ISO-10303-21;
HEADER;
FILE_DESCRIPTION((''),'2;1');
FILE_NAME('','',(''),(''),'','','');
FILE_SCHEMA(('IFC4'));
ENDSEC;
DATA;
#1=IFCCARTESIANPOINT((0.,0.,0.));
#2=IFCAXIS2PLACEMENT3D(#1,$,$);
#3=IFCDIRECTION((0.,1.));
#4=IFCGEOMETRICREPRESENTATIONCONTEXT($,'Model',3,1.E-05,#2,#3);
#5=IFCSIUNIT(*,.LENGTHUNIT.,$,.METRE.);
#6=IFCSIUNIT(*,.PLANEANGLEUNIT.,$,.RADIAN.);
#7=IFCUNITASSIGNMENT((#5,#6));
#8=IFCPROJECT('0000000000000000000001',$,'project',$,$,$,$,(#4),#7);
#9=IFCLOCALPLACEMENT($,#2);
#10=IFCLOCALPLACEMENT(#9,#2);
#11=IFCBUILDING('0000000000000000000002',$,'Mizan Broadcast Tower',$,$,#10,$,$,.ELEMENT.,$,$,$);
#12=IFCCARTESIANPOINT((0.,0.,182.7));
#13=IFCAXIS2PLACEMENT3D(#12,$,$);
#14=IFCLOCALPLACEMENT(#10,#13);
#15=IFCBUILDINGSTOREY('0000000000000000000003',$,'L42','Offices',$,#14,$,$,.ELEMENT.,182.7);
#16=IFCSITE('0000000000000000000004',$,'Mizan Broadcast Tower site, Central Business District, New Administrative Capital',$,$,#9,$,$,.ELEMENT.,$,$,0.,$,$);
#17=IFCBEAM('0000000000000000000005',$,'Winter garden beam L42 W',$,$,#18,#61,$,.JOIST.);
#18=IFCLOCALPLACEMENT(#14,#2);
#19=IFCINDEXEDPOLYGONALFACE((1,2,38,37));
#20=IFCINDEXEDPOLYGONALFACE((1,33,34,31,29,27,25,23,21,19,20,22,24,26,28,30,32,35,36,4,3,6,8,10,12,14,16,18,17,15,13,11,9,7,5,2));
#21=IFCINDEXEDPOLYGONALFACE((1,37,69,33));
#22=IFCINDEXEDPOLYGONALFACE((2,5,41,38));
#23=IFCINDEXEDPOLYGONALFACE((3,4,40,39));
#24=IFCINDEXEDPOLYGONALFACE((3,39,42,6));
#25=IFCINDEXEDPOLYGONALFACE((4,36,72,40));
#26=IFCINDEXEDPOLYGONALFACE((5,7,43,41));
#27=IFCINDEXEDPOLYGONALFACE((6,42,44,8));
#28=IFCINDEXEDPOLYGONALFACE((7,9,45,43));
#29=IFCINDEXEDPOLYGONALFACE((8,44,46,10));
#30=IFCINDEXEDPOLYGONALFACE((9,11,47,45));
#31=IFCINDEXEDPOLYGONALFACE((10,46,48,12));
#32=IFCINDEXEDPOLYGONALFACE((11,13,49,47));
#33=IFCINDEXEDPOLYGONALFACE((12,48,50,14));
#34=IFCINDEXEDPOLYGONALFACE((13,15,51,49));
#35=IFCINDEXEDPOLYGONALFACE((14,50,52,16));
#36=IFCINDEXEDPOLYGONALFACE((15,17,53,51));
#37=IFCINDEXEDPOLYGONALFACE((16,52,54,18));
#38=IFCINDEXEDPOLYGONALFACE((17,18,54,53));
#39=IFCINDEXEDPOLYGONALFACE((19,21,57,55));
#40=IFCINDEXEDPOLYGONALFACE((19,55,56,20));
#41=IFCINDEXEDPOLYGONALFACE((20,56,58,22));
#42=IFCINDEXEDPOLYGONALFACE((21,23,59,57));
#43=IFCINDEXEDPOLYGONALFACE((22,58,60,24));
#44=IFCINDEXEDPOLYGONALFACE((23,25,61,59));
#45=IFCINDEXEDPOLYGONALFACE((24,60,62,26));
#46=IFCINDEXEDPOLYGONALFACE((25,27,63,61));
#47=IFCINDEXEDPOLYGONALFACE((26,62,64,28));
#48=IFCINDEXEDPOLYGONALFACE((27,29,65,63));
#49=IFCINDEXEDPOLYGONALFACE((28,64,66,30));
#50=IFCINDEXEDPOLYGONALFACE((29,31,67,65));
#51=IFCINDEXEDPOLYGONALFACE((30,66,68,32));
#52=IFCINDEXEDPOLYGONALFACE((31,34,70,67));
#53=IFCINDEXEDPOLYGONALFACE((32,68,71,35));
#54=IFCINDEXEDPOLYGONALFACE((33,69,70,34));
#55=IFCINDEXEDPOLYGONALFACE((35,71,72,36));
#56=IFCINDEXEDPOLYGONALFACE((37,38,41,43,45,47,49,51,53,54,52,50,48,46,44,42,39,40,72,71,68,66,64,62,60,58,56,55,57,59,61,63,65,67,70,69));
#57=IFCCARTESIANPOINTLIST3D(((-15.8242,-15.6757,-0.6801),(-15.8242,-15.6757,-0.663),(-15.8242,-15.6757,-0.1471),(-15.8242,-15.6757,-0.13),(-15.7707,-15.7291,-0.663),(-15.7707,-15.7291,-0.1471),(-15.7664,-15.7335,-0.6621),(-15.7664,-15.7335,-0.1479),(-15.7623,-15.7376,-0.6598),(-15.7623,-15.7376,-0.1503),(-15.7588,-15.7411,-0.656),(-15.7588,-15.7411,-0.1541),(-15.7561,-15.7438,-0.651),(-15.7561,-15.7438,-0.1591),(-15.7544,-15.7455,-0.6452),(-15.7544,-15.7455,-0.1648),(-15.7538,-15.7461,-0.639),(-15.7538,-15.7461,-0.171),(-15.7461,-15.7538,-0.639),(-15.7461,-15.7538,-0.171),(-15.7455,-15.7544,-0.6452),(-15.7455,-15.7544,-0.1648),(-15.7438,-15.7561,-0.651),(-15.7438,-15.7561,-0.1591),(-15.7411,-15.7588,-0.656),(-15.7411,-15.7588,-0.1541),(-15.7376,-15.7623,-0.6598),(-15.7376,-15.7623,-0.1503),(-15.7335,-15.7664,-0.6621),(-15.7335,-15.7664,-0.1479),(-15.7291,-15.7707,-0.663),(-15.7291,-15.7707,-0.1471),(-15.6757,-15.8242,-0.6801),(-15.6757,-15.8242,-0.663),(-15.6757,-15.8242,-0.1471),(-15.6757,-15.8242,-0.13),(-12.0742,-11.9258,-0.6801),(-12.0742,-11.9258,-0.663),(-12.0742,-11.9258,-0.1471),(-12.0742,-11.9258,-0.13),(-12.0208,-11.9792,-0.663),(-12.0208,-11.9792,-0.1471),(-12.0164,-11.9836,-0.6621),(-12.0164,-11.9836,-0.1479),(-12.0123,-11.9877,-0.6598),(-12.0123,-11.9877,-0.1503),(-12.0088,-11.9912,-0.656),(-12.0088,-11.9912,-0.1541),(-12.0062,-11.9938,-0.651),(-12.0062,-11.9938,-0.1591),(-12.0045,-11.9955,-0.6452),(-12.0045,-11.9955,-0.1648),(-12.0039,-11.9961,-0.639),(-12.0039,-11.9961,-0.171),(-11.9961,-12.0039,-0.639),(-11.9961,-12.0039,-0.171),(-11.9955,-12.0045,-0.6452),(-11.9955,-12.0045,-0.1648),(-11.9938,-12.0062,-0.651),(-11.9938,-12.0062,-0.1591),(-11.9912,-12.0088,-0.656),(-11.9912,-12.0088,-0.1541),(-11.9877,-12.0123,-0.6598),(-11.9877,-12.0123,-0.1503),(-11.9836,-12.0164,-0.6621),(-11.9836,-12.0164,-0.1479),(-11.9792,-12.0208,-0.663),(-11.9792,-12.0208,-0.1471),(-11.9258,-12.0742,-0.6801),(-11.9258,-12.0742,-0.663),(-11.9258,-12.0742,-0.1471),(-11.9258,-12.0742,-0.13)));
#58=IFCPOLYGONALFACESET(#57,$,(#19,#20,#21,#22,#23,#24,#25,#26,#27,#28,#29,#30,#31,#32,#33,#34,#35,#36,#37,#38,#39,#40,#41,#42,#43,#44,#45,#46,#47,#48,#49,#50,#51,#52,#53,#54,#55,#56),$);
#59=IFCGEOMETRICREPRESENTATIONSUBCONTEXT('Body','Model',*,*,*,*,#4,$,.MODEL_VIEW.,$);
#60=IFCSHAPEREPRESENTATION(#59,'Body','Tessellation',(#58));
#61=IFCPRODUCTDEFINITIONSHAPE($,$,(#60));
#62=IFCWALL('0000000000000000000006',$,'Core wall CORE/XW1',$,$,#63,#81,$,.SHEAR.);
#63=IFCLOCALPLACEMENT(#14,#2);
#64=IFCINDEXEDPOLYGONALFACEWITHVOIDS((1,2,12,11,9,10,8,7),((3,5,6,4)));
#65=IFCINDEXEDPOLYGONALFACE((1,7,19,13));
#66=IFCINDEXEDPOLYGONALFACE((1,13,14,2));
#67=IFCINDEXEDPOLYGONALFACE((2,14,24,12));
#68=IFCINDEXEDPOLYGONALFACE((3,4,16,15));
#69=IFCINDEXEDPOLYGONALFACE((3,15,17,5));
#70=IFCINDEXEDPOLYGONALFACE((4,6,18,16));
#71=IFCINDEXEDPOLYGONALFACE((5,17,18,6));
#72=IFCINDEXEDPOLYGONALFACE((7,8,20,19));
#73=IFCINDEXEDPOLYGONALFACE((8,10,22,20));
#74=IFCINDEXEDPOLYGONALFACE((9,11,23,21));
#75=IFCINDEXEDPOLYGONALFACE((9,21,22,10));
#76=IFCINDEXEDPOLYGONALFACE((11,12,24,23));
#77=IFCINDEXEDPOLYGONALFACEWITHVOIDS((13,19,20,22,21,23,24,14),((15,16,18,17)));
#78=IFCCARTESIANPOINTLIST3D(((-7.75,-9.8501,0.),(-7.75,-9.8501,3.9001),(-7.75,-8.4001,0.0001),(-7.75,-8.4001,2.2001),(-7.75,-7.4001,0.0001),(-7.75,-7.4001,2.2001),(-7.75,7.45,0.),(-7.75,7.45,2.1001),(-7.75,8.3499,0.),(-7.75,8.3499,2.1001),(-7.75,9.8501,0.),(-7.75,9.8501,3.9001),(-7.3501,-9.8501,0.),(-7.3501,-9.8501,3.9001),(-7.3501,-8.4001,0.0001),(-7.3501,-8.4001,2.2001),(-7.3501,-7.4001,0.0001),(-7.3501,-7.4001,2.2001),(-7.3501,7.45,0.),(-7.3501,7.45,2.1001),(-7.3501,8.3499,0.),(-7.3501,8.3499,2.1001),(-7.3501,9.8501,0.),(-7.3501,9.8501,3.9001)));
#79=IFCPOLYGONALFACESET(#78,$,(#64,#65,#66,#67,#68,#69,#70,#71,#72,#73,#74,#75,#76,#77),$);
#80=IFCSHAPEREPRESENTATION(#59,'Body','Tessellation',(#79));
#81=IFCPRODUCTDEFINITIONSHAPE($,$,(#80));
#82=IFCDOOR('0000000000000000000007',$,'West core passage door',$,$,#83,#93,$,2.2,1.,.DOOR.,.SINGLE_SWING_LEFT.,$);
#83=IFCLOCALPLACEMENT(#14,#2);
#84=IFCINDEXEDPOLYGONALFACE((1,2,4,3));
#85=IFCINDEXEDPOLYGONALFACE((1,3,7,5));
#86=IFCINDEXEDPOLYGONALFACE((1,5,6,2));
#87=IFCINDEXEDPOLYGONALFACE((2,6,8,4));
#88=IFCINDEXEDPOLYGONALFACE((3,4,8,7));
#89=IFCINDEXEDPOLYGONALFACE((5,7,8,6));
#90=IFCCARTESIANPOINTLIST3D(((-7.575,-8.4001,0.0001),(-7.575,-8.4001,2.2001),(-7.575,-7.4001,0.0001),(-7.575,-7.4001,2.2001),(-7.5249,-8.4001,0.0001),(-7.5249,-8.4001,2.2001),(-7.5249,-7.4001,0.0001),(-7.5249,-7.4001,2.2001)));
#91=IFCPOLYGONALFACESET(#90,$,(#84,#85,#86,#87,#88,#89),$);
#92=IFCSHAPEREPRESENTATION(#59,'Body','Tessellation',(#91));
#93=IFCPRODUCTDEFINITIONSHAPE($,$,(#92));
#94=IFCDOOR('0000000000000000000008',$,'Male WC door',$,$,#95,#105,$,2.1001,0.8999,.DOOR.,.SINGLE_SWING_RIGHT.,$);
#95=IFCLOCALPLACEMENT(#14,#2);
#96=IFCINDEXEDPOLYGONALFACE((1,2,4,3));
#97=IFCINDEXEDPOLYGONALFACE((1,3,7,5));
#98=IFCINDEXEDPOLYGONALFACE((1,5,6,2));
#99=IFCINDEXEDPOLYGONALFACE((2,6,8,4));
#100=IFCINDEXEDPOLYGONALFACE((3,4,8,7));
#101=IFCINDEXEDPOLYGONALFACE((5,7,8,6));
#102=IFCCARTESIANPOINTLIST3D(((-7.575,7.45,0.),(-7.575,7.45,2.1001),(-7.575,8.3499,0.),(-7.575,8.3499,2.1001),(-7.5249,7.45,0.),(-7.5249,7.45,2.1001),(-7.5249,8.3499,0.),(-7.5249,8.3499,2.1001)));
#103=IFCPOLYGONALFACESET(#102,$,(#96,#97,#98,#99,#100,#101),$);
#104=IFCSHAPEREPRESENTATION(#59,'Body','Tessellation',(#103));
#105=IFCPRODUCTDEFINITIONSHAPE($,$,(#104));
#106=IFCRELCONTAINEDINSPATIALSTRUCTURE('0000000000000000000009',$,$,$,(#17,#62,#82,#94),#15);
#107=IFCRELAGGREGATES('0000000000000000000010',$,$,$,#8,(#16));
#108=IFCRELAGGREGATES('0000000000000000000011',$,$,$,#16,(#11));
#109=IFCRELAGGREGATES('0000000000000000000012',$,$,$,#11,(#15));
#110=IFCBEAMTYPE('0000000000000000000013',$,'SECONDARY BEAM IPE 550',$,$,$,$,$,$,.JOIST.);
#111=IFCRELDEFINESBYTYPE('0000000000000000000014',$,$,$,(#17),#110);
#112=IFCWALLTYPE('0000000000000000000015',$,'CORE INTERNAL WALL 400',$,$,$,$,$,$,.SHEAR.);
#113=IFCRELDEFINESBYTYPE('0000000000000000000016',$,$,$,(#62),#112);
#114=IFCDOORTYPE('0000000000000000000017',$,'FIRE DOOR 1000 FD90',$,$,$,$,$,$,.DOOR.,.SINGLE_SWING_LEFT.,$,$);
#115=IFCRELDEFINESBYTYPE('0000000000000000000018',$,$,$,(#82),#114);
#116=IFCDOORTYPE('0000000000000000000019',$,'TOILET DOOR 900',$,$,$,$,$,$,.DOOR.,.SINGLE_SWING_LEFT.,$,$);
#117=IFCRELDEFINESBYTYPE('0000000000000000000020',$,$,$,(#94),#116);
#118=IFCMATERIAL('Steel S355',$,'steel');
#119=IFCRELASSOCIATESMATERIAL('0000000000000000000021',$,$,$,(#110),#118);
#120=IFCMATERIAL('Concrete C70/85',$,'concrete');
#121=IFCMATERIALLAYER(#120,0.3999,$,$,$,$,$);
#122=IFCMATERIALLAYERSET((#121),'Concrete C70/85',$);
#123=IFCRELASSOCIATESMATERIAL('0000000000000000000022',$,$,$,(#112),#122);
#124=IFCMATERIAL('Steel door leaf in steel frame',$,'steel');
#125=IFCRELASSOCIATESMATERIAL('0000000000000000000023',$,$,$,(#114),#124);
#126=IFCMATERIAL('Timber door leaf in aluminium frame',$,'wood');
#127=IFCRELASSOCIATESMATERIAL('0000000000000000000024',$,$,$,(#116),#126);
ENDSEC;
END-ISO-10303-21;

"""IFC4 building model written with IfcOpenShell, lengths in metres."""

from ifc_helpers import new_model, si_unit, direction, frame, frame_2d, origin, origin_2d, place, context, subcontext, project, spatial, rectangle, i_section, extrude, material, layer, layer_set, material_profile, profile_set, type_object, element, fill, save


model = new_model("IFC4")

# Units and contexts
model_context = context("Model", 3, precision=1e-05, world=origin(), true_north=direction((0.0, 1.0)))
body_context = subcontext(model_context, "Body", "Model", "MODEL_VIEW")
ifc_project = project(units=[si_unit("LENGTHUNIT", "METRE"), si_unit("PLANEANGLEUNIT", "RADIAN")], contexts=[model_context])

# Site, building, storey
site_placement = place(None, origin())
site = spatial("IfcSite", under=ifc_project, at=site_placement, Name="Mizan Broadcast Tower site, Central Business District, New Administrative Capital", CompositionType="ELEMENT", RefElevation=0.0)
building_placement = place(site_placement, origin())
building = spatial("IfcBuilding", under=site, at=building_placement, Name="Mizan Broadcast Tower", CompositionType="ELEMENT")
storey_placement = place(building_placement, frame((0.0, 0.0, 182.7)))
storey = spatial("IfcBuildingStorey", under=building, at=storey_placement, Name="L42", Description="Offices", CompositionType="ELEMENT", Elevation=182.7)

# Beam
ifc_material_1 = material(Name="Steel S355", Category="steel")
ifc_material_profile_1 = material_profile(ifc_material_1, i_section(OverallWidth=0.21, OverallDepth=0.55, WebThickness=0.011, FlangeThickness=0.0171, FilletRadius=0.0239, at=origin_2d()), Name="IPE 550")
ifc_profile_set_1 = profile_set([ifc_material_profile_1], Name="Steel S355")
beam_type_1 = type_object("IfcBeamType", Name="SECONDARY BEAM IPE 550", PredefinedType="JOIST", material=ifc_profile_set_1)
beam_1_placement = place(storey_placement, frame((-12.0, -12.0, -0.405), z_axis=(-0.707107, -0.707107, 0.0), x_axis=(0.707107, -0.707107, 0.0)))
element("IfcBeam", 1, at=beam_1_placement, inside=storey, type_object=beam_type_1, Name="Winter garden beam L42 W", PredefinedType="JOIST", context=body_context, shape_type="SweptSolid", body=[
    extrude(i_section(OverallWidth=0.21, OverallDepth=0.55, WebThickness=0.011, FlangeThickness=0.0171, FilletRadius=0.0239, at=origin_2d()), origin(), (0.0, 0.0, 1.0), 5.3032),
])

# Wall, openings, doors
ifc_material_2 = material(Name="Concrete C70/85", Category="concrete")
ifc_layer_1 = layer(ifc_material_2, 0.3999)
ifc_layer_set_1 = layer_set([ifc_layer_1], Name="Concrete C70/85")
wall_type_1 = type_object("IfcWallType", Name="CORE INTERNAL WALL 400", PredefinedType="SHEAR", material=ifc_layer_set_1)
wall_1_placement = place(storey_placement, frame((-7.55, -9.8501, 0.0), z_axis=(0.0, 0.0, 1.0), x_axis=(0.0, 1.0, 0.0)))
wall_1 = element("IfcWall", 2, at=wall_1_placement, inside=storey, type_object=wall_type_1, Name="Core wall CORE/XW1", PredefinedType="SHEAR", context=body_context, shape_type="SweptSolid", body=[
    extrude(rectangle(XDim=19.7002, YDim=0.3999, at=frame_2d((9.8501, 0.0))), origin(), (0.0, 0.0, 1.0), 3.9001),
])
opening_1_placement = place(wall_1_placement, frame((1.45, 0.0, 0.0)))
opening_1 = element("IfcOpeningElement", 3, at=opening_1_placement, cuts=wall_1, PredefinedType="OPENING", context=body_context, shape_type="SweptSolid", body=[
    extrude(rectangle(XDim=1.0, YDim=2.2, at=frame_2d((0.5, 1.1001))), frame((0.0, 0.21, 0.0), z_axis=(0.0, -1.0, 0.0), x_axis=(1.0, 0.0, 0.0)), (0.0, 0.0, 1.0), 0.4199),
])
opening_2_placement = place(wall_1_placement, frame((17.3, 0.0, 0.0)))
opening_2 = element("IfcOpeningElement", 4, at=opening_2_placement, cuts=wall_1, PredefinedType="OPENING", context=body_context, shape_type="SweptSolid", body=[
    extrude(rectangle(XDim=0.8999, YDim=2.1001, at=frame_2d((0.45, 1.05))), frame((0.0, 0.21, 0.0), z_axis=(0.0, -1.0, 0.0), x_axis=(1.0, 0.0, 0.0)), (0.0, 0.0, 1.0), 0.4199),
])
ifc_material_3 = material(Name="Steel door leaf in steel frame", Category="steel")
door_type_1 = type_object("IfcDoorType", Name="FIRE DOOR 1000 FD90", OperationType="SINGLE_SWING_LEFT", PredefinedType="DOOR", material=ifc_material_3)
door_1_placement = place(opening_1_placement, origin())
door_1 = element("IfcDoor", 5, at=door_1_placement, inside=storey, type_object=door_type_1, Name="West core passage door", OperationType="SINGLE_SWING_LEFT", OverallHeight=2.2, OverallWidth=1.0, PredefinedType="DOOR", context=body_context, shape_type="SweptSolid", body=[
    extrude(rectangle(XDim=1.0, YDim=2.2, at=frame_2d((0.5, 1.1001))), frame((0.0, 0.0249, 0.0), z_axis=(0.0, -1.0, 0.0), x_axis=(1.0, 0.0, 0.0)), (0.0, 0.0, 1.0), 0.05),
])
fill(opening_1, door_1)
ifc_material_4 = material(Name="Timber door leaf in aluminium frame", Category="wood")
door_type_2 = type_object("IfcDoorType", Name="TOILET DOOR 900", OperationType="SINGLE_SWING_LEFT", PredefinedType="DOOR", material=ifc_material_4)
door_2_placement = place(opening_2_placement, origin())
door_2 = element("IfcDoor", 6, at=door_2_placement, inside=storey, type_object=door_type_2, Name="Male WC door", OperationType="SINGLE_SWING_RIGHT", OverallHeight=2.1001, OverallWidth=0.8999, PredefinedType="DOOR", context=body_context, shape_type="SweptSolid", body=[
    extrude(rectangle(XDim=0.8999, YDim=2.1001, at=frame_2d((0.45, 1.05))), frame((0.0, 0.0249, 0.0), z_axis=(0.0, -1.0, 0.0), x_axis=(1.0, 0.0, 0.0)), (0.0, 0.0, 1.0), 0.05),
])
fill(opening_2, door_2)

save(model, "model.ifc")
